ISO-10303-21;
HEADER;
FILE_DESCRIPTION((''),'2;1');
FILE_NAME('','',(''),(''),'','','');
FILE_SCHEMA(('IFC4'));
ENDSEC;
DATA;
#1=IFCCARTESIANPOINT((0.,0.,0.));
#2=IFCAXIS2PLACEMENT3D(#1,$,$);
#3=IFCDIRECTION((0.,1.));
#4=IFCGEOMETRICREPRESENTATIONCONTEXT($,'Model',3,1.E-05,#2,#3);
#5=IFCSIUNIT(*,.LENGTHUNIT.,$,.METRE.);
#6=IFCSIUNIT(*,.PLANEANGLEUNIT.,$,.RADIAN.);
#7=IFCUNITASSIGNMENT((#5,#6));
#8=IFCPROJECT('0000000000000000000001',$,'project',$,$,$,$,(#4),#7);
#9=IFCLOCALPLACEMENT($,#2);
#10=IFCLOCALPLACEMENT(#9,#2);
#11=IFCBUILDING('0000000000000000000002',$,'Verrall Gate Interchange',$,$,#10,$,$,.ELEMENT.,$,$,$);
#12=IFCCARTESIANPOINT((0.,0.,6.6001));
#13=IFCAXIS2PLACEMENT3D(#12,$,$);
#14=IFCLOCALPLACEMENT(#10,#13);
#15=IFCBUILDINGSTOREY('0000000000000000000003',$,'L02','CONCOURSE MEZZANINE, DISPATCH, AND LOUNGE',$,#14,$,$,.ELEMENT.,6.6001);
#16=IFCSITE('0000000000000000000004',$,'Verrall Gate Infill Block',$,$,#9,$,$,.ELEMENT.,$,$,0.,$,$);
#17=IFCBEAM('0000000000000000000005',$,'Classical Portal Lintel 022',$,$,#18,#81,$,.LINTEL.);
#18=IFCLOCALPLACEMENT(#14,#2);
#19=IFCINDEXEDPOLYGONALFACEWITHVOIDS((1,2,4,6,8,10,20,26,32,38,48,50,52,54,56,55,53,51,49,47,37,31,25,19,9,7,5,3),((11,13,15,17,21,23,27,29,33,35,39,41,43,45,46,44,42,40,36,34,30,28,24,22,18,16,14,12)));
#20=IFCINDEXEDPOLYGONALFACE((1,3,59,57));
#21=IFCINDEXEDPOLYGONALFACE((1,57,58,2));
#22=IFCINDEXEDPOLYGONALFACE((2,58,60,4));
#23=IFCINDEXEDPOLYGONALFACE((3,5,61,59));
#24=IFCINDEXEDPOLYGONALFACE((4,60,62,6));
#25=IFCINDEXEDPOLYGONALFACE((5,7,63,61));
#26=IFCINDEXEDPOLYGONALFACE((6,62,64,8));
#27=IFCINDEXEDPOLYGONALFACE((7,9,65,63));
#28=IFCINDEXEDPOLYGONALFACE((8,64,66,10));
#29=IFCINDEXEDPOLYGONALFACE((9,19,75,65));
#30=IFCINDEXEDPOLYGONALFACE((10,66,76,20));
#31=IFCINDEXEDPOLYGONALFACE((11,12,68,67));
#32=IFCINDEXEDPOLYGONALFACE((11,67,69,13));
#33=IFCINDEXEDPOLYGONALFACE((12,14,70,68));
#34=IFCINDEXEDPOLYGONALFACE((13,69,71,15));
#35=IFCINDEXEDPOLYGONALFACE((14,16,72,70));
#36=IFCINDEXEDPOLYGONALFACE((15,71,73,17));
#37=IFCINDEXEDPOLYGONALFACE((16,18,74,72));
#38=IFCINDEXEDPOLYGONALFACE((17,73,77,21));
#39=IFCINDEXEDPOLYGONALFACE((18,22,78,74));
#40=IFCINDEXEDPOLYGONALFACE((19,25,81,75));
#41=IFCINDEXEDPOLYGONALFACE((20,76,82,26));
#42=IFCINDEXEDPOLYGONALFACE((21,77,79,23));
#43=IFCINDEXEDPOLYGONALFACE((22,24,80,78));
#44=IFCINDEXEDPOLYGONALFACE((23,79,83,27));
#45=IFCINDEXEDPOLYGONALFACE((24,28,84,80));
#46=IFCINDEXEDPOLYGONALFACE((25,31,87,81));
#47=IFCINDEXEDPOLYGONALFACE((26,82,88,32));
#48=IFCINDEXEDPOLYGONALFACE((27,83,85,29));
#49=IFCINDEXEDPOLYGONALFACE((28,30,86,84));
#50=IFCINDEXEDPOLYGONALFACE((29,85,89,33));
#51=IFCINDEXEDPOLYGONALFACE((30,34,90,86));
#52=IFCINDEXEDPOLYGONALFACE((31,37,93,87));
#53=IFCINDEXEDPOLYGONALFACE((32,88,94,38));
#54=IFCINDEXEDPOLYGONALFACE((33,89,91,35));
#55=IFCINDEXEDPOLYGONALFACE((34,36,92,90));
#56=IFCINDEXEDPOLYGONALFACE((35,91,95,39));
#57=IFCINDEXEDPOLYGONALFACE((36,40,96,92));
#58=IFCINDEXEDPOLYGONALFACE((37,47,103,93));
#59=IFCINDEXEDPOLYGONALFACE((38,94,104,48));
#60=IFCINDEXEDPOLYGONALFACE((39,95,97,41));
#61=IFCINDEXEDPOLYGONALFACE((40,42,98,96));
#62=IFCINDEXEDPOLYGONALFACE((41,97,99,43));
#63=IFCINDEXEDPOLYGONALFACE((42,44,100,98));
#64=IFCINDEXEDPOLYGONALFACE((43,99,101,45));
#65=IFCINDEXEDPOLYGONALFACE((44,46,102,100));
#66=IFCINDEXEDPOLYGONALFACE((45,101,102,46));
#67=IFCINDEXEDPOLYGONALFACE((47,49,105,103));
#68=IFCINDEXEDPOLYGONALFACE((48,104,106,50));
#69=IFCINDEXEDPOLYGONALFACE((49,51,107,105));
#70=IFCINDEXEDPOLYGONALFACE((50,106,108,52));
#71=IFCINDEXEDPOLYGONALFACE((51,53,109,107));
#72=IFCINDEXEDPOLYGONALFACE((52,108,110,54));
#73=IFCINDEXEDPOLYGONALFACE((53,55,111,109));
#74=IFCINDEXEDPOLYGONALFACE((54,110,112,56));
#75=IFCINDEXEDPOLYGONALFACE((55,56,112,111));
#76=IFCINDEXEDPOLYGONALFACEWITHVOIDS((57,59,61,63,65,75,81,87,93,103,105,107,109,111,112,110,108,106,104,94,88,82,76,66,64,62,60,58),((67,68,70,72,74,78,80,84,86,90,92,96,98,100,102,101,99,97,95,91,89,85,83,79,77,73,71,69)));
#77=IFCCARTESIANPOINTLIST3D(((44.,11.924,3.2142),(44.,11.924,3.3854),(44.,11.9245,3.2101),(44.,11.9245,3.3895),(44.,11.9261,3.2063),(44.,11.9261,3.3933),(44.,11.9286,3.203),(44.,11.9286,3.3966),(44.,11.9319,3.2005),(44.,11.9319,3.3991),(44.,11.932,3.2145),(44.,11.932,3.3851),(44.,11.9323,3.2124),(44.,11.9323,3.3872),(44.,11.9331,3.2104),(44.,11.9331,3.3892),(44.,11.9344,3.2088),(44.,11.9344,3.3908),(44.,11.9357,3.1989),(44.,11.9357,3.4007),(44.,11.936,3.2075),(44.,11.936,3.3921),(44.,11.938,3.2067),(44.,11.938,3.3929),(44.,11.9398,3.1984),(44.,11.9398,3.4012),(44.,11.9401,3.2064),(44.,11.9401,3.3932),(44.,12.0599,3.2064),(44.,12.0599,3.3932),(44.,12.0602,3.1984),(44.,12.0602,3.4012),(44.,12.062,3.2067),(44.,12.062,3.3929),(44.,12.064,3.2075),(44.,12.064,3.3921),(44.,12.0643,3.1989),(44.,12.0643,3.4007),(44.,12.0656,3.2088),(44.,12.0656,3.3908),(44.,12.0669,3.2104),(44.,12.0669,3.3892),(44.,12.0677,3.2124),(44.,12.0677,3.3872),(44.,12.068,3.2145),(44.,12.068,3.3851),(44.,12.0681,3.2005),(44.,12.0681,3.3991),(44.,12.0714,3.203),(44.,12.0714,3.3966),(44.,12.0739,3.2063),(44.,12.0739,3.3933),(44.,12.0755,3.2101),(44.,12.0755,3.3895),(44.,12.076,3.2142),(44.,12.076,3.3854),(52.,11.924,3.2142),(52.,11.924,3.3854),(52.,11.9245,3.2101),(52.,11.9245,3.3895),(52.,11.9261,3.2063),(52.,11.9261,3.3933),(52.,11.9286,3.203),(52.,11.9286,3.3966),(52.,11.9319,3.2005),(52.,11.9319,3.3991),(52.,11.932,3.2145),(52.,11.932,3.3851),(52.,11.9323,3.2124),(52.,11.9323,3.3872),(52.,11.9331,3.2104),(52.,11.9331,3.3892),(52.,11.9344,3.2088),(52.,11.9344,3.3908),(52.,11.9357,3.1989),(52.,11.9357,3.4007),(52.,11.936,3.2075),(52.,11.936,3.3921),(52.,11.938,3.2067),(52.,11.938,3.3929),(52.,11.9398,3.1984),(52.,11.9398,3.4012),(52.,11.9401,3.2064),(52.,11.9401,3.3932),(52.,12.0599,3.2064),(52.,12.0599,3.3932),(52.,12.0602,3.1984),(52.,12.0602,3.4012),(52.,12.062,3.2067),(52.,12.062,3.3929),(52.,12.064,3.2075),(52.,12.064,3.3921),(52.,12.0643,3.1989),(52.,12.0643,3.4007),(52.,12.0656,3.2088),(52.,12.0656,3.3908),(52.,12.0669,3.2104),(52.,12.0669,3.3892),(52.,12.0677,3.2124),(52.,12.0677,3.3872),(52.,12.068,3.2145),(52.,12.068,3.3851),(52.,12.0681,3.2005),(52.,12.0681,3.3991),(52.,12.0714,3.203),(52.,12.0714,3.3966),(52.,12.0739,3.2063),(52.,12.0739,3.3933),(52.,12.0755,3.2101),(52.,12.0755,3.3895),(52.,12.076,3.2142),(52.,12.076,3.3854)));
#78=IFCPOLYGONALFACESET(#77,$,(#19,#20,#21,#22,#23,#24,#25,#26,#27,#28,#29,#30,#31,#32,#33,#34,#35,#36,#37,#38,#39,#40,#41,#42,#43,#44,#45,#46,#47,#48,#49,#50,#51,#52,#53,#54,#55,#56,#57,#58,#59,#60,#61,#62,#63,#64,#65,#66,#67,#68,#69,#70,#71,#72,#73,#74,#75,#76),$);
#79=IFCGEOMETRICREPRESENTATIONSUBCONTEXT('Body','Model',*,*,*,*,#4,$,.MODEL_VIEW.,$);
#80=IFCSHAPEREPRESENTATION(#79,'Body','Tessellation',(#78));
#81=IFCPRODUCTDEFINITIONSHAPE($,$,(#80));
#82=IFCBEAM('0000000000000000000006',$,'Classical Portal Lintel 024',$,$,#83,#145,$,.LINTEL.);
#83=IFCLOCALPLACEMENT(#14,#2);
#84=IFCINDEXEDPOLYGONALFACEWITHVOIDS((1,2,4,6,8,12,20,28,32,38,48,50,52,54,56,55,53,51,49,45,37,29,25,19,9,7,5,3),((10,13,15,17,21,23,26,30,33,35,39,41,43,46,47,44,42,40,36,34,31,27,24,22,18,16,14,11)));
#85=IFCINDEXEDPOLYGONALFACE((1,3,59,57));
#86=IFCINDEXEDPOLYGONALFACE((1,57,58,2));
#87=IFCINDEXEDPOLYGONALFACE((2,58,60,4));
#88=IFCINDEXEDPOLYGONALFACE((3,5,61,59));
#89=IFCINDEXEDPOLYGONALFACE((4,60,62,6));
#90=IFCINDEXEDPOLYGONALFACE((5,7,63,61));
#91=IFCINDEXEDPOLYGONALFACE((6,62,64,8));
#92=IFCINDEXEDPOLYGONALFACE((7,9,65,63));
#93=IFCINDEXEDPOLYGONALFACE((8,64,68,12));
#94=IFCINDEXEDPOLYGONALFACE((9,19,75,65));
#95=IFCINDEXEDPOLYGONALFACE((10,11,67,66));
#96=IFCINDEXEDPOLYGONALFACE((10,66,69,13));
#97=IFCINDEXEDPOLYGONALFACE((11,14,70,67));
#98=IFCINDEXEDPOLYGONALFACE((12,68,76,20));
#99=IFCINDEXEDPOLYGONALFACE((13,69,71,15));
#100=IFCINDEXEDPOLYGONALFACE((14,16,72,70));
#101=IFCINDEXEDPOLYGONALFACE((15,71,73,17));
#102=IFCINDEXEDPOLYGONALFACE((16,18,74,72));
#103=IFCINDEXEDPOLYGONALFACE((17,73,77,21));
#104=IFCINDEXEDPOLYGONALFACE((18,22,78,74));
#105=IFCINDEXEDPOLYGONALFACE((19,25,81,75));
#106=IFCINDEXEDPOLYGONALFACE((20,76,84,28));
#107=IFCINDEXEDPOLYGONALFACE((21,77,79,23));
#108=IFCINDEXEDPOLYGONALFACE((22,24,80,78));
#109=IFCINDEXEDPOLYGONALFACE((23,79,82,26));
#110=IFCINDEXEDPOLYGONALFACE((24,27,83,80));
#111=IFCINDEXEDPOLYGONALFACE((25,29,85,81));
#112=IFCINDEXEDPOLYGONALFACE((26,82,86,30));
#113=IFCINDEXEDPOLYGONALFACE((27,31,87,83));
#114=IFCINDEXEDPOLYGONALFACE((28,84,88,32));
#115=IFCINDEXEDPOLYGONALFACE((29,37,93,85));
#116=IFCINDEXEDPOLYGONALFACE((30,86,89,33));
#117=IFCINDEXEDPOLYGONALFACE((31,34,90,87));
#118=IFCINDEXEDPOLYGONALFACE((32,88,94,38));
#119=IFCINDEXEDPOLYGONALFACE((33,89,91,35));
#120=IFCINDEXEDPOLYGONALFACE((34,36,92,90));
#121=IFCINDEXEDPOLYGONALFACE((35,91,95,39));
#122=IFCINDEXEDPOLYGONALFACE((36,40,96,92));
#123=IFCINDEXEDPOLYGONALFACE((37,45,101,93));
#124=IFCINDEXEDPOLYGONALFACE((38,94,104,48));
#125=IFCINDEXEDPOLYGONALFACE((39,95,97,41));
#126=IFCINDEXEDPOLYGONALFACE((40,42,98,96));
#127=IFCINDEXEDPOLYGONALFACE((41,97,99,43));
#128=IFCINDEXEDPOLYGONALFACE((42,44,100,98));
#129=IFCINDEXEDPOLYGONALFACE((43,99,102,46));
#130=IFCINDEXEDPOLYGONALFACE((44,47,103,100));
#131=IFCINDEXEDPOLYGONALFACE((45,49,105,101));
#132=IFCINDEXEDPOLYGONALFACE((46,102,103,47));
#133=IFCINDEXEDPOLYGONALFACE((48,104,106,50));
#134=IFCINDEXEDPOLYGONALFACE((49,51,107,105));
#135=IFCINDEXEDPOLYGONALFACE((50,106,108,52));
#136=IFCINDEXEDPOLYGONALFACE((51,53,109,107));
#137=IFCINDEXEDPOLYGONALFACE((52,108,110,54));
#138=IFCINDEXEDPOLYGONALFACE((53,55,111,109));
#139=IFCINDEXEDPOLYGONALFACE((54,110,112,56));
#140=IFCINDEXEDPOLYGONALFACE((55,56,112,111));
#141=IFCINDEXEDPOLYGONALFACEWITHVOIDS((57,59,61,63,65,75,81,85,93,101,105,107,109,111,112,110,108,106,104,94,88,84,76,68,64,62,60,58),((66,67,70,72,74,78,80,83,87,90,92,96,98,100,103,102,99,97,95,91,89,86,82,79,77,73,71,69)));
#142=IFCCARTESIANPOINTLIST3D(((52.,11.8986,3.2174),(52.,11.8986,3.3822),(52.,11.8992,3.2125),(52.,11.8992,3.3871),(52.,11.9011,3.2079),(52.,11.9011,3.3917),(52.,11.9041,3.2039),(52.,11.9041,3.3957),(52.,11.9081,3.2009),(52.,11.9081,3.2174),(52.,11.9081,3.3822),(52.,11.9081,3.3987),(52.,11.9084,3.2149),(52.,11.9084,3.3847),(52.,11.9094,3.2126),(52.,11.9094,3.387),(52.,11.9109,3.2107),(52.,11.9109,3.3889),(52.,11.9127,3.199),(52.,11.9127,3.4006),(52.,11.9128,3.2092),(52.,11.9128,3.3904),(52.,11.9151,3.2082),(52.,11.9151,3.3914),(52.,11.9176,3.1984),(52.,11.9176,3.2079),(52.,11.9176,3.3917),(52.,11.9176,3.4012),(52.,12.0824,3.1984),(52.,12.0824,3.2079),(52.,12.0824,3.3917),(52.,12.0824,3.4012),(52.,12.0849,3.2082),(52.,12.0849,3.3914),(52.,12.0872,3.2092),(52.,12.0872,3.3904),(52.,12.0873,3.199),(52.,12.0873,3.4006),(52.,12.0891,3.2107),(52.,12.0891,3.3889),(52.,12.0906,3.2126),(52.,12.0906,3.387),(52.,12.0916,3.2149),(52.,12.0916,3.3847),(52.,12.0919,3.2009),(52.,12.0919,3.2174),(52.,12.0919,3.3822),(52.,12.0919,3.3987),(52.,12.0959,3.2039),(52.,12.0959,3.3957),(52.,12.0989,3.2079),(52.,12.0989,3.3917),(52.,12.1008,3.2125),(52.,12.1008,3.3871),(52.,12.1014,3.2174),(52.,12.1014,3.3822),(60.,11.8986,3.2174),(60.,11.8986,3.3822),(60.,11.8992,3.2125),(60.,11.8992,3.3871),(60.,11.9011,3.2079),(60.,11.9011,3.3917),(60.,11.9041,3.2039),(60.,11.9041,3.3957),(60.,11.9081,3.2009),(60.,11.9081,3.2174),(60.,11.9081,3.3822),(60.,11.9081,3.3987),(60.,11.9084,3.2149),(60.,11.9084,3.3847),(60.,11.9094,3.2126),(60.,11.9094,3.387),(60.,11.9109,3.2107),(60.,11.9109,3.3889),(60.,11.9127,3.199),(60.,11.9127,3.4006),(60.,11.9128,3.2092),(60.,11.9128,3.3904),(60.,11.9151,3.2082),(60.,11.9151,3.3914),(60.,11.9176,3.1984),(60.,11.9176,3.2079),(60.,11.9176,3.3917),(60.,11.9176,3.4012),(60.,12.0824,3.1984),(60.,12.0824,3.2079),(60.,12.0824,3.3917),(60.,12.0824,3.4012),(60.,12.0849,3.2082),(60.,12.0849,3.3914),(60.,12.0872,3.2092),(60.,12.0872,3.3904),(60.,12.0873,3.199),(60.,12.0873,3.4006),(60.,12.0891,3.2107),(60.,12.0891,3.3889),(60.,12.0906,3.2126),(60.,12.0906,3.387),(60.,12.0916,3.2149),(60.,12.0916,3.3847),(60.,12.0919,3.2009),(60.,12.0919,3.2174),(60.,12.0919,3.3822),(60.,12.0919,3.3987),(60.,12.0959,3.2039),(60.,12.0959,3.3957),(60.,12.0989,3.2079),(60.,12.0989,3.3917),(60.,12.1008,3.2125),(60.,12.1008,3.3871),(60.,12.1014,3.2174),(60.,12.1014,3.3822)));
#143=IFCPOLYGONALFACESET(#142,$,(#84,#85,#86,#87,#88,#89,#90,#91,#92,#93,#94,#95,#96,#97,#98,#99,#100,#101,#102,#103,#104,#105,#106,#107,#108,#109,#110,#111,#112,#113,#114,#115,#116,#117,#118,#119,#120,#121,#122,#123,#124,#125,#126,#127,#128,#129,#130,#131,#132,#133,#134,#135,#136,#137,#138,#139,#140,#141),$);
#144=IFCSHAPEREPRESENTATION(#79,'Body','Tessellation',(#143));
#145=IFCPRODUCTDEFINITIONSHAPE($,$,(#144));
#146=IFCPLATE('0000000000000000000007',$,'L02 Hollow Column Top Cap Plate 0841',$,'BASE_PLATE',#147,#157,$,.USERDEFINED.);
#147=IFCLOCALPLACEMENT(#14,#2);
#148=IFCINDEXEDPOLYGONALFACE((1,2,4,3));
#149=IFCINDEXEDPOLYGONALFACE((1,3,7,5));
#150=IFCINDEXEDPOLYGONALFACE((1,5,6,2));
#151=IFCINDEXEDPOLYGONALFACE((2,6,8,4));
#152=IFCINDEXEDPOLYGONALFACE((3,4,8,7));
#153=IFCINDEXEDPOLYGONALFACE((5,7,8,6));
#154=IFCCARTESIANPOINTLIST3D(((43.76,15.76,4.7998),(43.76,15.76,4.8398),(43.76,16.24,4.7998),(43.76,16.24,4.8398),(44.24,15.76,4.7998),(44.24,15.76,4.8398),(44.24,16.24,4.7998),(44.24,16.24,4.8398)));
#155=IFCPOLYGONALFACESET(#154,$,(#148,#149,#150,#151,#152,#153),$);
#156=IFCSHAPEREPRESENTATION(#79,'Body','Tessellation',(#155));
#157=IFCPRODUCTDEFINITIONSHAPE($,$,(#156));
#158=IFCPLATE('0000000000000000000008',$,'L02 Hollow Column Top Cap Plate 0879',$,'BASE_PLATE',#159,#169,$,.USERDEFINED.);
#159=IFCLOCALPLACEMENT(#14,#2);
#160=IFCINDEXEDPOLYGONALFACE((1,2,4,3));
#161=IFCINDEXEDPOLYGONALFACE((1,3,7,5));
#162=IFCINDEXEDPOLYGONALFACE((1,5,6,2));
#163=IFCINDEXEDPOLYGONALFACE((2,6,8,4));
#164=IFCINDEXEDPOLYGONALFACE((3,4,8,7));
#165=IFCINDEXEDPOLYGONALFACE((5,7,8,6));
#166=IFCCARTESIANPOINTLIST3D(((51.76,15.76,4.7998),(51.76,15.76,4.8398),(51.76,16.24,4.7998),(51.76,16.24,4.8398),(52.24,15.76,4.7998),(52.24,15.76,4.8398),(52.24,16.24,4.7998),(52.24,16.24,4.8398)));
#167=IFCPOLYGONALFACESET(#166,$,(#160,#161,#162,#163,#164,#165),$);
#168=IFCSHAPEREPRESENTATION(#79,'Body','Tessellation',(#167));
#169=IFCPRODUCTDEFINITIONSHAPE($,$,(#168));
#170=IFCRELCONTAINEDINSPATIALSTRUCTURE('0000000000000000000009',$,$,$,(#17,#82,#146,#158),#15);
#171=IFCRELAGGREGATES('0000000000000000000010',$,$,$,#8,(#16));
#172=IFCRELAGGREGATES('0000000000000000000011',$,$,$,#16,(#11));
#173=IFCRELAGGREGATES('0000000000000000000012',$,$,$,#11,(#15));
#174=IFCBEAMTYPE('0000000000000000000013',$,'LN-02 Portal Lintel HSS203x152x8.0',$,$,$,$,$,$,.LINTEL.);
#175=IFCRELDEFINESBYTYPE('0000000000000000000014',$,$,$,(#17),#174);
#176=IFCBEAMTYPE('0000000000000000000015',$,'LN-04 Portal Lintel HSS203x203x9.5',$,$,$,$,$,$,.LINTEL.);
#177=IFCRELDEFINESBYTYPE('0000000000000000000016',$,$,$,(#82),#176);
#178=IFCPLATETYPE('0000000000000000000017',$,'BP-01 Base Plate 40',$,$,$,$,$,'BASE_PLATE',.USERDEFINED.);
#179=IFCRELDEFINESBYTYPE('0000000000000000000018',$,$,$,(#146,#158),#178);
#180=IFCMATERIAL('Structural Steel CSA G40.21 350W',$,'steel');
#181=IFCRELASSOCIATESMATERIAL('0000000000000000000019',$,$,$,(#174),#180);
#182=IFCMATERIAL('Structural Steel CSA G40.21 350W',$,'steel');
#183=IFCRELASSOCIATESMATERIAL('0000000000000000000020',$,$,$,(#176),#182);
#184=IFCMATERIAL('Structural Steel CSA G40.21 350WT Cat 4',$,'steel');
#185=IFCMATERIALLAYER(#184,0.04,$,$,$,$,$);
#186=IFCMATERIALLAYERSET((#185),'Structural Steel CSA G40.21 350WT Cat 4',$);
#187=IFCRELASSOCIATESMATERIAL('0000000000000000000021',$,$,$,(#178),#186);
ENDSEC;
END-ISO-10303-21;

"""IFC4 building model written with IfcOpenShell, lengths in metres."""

from ifc_helpers import new_model, si_unit, direction, frame, origin, origin_2d, place, context, subcontext, project, spatial, rectangle, hollow_rectangle, extrude, material, layer, layer_set, material_profile, profile_set, type_object, element, save


model = new_model("IFC4")

# Units and contexts
model_context = context("Model", 3, precision=1e-05, world=origin(), true_north=direction((0.0, 1.0)))
body_context = subcontext(model_context, "Body", "Model", "MODEL_VIEW")
ifc_project = project(units=[si_unit("LENGTHUNIT", "METRE"), si_unit("PLANEANGLEUNIT", "RADIAN")], contexts=[model_context])

# Site, building, storey
site_placement = place(None, origin())
site = spatial("IfcSite", under=ifc_project, at=site_placement, Name="Verrall Gate Infill Block", CompositionType="ELEMENT", RefElevation=0.0)
building_placement = place(site_placement, origin())
building = spatial("IfcBuilding", under=site, at=building_placement, Name="Verrall Gate Interchange", CompositionType="ELEMENT")
storey_placement = place(building_placement, frame((0.0, 0.0, 6.6001)))
storey = spatial("IfcBuildingStorey", under=building, at=storey_placement, Name="L02", Description="CONCOURSE MEZZANINE, DISPATCH, AND LOUNGE", CompositionType="ELEMENT", Elevation=6.6001)

# Beams
ifc_material_1 = material(Name="Structural Steel CSA G40.21 350W", Category="steel")
ifc_material_profile_1 = material_profile(ifc_material_1, hollow_rectangle(XDim=0.1521, YDim=0.2029, WallThickness=0.0081, InnerFilletRadius=0.0081, OuterFilletRadius=0.0159, at=origin_2d()), Name="HSS203x152x8.0")
ifc_profile_set_1 = profile_set([ifc_material_profile_1], Name="Structural Steel CSA G40.21 350W")
beam_type_1 = type_object("IfcBeamType", Name="LN-02 Portal Lintel HSS203x152x8.0", PredefinedType="LINTEL", material=ifc_profile_set_1)
beam_1_placement = place(storey_placement, frame((44.0, 12.0, 3.2998), z_axis=(1.0, 0.0, 0.0), x_axis=(0.0, 1.0, 0.0)))
element("IfcBeam", 1, at=beam_1_placement, inside=storey, type_object=beam_type_1, Name="Classical Portal Lintel 022", PredefinedType="LINTEL", context=body_context, shape_type="SweptSolid", body=[
    extrude(hollow_rectangle(XDim=0.1521, YDim=0.2029, WallThickness=0.0081, InnerFilletRadius=0.0081, OuterFilletRadius=0.0159, at=origin_2d()), origin(), (0.0, 0.0, 1.0), 8.0),
])
ifc_material_2 = material(Name="Structural Steel CSA G40.21 350W", Category="steel")
ifc_material_profile_2 = material_profile(ifc_material_2, hollow_rectangle(XDim=0.2029, YDim=0.2029, WallThickness=0.0095, InnerFilletRadius=0.0095, OuterFilletRadius=0.019, at=origin_2d()), Name="HSS203x203x9.5")
ifc_profile_set_2 = profile_set([ifc_material_profile_2], Name="Structural Steel CSA G40.21 350W")
beam_type_2 = type_object("IfcBeamType", Name="LN-04 Portal Lintel HSS203x203x9.5", PredefinedType="LINTEL", material=ifc_profile_set_2)
beam_2_placement = place(storey_placement, frame((52.0, 12.0, 3.2998), z_axis=(1.0, 0.0, 0.0), x_axis=(0.0, 1.0, 0.0)))
element("IfcBeam", 2, at=beam_2_placement, inside=storey, type_object=beam_type_2, Name="Classical Portal Lintel 024", PredefinedType="LINTEL", context=body_context, shape_type="SweptSolid", body=[
    extrude(hollow_rectangle(XDim=0.2029, YDim=0.2029, WallThickness=0.0095, InnerFilletRadius=0.0095, OuterFilletRadius=0.019, at=origin_2d()), origin(), (0.0, 0.0, 1.0), 8.0),
])

# Plates
ifc_material_3 = material(Name="Structural Steel CSA G40.21 350WT Cat 4", Category="steel")
ifc_layer_1 = layer(ifc_material_3, 0.04)
ifc_layer_set_1 = layer_set([ifc_layer_1], Name="Structural Steel CSA G40.21 350WT Cat 4")
plate_type = type_object("IfcPlateType", Name="BP-01 Base Plate 40", ElementType="BASE_PLATE", PredefinedType="USERDEFINED", material=ifc_layer_set_1)
for number, where, z_axis, x_axis, name in (
    (3, (44.0, 16.0, 4.7998), (0.0, 0.0, 1.0), (1.0, 0.0, 0.0), "L02 Hollow Column Top Cap Plate 0841"),
    (4, (52.0, 16.0, 4.7998), (0.0, 0.0, 1.0), (1.0, 0.0, 0.0), "L02 Hollow Column Top Cap Plate 0879"),
):
    element("IfcPlate", number, at=place(storey_placement, frame(where, z_axis=z_axis, x_axis=x_axis)), inside=storey, type_object=plate_type, Name=name, ObjectType="BASE_PLATE", PredefinedType="USERDEFINED", context=body_context, shape_type="SweptSolid", body=[
        extrude(rectangle(XDim=0.48, YDim=0.48, at=origin_2d()), origin(), (0.0, 0.0, 1.0), 0.04),
    ])

save(model, "model.ifc")
